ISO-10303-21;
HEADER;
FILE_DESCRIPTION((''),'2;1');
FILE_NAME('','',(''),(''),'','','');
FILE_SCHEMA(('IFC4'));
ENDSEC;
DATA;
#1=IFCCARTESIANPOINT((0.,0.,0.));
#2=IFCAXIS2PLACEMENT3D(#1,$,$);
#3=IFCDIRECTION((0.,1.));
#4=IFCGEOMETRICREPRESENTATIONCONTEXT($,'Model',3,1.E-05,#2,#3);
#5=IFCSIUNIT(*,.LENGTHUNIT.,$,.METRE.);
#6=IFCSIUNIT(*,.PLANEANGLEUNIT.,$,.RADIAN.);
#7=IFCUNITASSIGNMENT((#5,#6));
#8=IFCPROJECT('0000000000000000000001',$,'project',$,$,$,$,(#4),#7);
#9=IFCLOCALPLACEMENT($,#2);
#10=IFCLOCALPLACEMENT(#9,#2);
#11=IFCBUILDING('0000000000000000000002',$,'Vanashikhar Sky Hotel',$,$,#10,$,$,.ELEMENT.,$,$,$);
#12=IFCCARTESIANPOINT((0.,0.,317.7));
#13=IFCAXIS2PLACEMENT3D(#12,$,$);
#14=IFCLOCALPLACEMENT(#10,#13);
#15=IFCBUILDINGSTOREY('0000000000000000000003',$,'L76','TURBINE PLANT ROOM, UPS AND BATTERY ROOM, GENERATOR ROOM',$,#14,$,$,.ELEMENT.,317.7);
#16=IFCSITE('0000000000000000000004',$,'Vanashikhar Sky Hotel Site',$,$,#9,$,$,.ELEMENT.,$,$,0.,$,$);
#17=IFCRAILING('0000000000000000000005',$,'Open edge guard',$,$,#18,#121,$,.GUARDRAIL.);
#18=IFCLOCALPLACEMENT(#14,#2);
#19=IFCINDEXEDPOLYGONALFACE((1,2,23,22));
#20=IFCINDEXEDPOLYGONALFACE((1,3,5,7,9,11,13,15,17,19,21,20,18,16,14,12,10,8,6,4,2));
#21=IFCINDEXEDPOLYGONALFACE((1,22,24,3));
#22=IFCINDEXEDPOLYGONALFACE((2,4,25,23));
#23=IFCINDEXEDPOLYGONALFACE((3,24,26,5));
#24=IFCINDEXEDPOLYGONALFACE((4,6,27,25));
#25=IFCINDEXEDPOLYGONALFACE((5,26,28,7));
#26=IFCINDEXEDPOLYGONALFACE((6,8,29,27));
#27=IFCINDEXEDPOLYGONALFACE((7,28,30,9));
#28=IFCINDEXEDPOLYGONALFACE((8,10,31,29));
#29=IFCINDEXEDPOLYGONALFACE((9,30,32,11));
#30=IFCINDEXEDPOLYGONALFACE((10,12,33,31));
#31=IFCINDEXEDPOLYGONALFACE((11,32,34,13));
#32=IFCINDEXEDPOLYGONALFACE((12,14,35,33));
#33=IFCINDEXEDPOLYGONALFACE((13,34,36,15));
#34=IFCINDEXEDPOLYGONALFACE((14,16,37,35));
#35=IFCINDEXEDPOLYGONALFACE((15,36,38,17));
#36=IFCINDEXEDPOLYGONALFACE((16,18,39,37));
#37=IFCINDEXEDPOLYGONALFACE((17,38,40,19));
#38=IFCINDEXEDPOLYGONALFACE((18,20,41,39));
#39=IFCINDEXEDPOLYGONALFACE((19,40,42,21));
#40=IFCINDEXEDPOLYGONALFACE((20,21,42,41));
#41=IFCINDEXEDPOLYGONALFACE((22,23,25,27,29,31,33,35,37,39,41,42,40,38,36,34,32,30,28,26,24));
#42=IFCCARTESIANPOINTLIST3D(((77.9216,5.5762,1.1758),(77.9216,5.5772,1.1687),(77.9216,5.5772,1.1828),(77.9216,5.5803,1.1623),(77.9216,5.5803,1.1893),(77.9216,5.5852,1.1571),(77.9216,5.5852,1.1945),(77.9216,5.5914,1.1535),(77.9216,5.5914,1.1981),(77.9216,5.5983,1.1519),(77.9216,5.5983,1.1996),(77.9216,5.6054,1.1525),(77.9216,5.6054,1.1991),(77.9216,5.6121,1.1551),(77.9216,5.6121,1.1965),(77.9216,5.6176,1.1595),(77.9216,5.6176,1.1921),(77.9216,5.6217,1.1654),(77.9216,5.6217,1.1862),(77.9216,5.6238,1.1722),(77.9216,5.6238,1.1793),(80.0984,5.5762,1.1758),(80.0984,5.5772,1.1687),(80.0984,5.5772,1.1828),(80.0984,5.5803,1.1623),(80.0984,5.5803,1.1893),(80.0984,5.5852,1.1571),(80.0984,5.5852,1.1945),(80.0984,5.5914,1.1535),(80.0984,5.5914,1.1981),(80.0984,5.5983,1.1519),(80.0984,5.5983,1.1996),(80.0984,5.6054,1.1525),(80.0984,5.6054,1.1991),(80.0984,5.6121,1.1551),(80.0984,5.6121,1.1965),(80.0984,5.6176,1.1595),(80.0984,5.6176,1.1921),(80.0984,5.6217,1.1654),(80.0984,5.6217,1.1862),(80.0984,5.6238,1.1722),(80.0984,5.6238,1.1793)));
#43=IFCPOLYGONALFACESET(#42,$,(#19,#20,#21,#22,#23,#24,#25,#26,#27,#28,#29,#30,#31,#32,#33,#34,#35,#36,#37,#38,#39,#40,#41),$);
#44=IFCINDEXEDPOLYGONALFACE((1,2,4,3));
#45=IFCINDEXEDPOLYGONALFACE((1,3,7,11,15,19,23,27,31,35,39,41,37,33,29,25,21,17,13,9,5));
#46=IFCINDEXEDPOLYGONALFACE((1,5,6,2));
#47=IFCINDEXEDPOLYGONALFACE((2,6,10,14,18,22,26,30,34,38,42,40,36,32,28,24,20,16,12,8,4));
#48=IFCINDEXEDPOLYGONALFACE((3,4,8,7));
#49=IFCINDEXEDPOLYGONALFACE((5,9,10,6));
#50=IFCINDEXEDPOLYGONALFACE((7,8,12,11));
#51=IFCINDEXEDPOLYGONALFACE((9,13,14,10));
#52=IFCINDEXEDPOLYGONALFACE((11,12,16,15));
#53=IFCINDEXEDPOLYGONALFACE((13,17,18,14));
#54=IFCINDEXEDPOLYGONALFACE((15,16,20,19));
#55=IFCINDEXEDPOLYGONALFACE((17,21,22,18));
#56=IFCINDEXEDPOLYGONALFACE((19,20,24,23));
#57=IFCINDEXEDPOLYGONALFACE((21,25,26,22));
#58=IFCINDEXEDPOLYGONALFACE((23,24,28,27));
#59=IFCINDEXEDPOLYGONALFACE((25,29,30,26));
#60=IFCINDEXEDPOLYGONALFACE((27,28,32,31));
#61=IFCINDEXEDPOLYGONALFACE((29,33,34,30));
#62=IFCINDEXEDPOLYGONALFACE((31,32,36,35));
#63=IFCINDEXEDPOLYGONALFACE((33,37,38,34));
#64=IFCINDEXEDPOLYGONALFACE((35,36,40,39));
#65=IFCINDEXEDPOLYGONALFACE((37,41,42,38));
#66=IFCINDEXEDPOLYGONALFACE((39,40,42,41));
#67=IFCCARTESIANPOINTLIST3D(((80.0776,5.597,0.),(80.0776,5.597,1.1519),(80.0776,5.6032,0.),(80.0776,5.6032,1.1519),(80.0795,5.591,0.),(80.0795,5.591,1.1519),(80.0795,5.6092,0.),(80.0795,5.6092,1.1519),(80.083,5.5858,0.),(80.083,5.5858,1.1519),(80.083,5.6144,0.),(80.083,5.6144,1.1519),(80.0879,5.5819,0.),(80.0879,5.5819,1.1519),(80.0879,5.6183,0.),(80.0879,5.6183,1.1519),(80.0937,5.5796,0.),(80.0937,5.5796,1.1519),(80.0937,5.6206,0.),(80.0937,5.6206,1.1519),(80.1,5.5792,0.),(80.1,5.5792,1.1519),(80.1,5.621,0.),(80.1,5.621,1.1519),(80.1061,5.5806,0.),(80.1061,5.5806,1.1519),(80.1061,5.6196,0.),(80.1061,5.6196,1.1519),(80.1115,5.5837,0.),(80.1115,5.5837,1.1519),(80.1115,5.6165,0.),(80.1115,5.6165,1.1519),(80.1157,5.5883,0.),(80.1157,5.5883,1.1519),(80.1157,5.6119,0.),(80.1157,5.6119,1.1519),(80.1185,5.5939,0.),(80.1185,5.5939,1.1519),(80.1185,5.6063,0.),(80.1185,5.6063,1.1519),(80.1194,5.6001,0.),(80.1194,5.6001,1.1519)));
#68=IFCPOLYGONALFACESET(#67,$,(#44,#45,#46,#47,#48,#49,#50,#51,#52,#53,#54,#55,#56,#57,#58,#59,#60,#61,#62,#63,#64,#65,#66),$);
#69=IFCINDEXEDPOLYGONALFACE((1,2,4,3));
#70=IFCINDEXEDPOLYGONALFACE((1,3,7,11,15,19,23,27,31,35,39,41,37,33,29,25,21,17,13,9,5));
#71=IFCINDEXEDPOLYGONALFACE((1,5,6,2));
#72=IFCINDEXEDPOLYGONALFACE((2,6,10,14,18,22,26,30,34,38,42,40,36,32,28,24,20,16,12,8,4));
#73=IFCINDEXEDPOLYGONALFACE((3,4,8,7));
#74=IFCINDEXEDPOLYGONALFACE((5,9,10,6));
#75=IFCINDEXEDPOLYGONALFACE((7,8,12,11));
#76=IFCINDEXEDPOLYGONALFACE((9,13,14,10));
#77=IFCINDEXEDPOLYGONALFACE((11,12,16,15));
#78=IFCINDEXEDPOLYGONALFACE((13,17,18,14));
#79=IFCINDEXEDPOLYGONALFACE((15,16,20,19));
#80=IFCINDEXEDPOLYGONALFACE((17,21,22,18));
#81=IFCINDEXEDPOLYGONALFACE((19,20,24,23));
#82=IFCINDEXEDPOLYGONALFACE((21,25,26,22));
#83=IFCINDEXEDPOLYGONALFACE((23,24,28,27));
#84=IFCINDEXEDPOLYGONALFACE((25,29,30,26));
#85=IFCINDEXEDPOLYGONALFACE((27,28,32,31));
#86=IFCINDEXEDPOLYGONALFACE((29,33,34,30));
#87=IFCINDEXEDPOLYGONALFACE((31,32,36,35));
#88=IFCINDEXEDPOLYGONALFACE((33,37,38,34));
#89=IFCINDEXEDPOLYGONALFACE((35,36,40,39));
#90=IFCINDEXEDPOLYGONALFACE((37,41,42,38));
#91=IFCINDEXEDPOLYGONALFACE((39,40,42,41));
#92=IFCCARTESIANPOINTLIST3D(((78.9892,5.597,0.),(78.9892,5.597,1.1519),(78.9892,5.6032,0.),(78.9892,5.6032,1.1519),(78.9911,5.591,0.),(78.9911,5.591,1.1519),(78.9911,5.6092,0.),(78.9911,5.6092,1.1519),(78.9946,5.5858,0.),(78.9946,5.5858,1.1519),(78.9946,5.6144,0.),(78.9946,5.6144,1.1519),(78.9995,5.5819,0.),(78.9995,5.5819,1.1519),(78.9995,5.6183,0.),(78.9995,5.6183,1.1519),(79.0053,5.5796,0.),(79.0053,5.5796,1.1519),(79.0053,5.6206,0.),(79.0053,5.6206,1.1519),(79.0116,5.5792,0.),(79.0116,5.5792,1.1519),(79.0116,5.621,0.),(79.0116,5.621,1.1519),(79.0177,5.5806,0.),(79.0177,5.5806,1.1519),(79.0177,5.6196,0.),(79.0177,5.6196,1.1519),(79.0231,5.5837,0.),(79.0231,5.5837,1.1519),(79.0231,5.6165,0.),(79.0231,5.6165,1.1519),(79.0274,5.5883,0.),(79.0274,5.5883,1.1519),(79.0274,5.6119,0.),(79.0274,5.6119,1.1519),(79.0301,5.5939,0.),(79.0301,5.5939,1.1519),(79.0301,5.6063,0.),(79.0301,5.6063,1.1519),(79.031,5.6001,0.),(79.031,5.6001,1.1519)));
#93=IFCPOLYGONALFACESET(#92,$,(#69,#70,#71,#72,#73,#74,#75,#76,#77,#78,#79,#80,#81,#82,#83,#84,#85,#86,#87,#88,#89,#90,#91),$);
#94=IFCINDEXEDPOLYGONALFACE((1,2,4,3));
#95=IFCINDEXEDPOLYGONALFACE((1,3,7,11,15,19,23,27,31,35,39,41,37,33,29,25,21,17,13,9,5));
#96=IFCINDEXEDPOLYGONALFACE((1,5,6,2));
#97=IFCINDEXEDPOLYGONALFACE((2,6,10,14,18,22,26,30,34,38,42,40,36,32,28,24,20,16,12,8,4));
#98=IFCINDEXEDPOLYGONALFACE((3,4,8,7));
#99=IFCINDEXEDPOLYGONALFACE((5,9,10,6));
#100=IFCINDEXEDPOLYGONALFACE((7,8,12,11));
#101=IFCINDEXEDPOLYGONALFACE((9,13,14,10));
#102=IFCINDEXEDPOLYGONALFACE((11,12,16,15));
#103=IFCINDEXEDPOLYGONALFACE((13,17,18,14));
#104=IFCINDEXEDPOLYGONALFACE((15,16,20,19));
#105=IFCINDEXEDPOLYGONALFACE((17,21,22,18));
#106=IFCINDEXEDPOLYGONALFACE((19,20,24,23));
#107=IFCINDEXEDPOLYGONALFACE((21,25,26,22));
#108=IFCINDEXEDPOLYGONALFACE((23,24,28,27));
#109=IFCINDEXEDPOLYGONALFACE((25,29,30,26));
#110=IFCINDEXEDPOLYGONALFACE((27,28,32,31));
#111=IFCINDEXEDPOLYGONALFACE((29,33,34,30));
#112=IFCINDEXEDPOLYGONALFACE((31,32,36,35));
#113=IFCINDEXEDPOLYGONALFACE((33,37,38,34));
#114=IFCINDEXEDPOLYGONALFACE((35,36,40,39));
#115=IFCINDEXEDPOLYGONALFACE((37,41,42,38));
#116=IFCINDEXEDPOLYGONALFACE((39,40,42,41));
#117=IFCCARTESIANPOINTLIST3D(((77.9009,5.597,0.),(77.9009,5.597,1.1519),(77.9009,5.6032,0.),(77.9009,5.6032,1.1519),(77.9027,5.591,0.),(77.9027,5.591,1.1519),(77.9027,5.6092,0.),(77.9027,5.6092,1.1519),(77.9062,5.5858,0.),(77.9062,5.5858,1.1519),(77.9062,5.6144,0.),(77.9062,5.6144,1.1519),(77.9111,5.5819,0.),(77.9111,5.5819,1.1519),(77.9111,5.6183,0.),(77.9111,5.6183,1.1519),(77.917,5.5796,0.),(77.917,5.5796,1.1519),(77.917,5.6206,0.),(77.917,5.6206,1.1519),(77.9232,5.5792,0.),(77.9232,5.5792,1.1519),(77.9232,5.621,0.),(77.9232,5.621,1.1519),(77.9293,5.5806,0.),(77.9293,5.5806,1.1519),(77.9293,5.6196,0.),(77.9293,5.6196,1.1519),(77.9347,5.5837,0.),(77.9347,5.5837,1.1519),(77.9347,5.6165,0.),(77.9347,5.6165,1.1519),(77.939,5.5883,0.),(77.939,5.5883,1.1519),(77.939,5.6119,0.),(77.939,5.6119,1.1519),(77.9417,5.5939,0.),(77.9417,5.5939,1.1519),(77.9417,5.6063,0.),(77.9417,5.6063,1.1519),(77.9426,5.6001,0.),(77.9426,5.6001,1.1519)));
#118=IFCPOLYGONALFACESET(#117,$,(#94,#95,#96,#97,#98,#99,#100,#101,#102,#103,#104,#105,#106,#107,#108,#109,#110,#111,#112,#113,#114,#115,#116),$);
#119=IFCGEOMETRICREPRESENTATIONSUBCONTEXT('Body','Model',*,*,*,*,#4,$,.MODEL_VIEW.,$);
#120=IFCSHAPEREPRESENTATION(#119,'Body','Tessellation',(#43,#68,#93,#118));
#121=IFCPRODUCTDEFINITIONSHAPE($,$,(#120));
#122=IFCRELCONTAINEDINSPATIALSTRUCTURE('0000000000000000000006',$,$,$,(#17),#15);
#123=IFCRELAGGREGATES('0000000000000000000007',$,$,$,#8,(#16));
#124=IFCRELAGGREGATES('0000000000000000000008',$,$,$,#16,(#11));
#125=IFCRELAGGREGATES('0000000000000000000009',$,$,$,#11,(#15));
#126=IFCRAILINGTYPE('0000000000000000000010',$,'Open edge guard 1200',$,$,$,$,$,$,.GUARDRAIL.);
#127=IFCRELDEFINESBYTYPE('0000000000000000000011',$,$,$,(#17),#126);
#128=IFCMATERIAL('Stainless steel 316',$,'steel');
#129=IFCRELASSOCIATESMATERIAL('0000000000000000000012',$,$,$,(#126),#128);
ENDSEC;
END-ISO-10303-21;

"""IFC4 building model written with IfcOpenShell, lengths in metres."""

from ifc_helpers import new_model, si_unit, direction, frame, origin, origin_2d, place, context, subcontext, project, spatial, circle, extrude, source, transform, mapped, material, type_object, element, save


model = new_model("IFC4")

# Units and contexts
model_context = context("Model", 3, precision=1e-05, world=origin(), true_north=direction((0.0, 1.0)))
body_context = subcontext(model_context, "Body", "Model", "MODEL_VIEW")
ifc_project = project(units=[si_unit("LENGTHUNIT", "METRE"), si_unit("PLANEANGLEUNIT", "RADIAN")], contexts=[model_context])

# Site, building, storey
site_placement = place(None, origin())
site = spatial("IfcSite", under=ifc_project, at=site_placement, Name="Vanashikhar Sky Hotel Site", CompositionType="ELEMENT", RefElevation=0.0)
building_placement = place(site_placement, origin())
building = spatial("IfcBuilding", under=site, at=building_placement, Name="Vanashikhar Sky Hotel", CompositionType="ELEMENT")
storey_placement = place(building_placement, frame((0.0, 0.0, 317.7)))
storey = spatial("IfcBuildingStorey", under=building, at=storey_placement, Name="L76", Description="TURBINE PLANT ROOM, UPS AND BATTERY ROOM, GENERATOR ROOM", CompositionType="ELEMENT", Elevation=317.7)

# Railing
ifc_material_1 = material(Name="Stainless steel 316", Category="steel")
railing_type = type_object("IfcRailingType", Name="Open edge guard 1200", PredefinedType="GUARDRAIL", material=ifc_material_1)
shared_shape_1 = source(origin(), body_context, "Body", "SweptSolid", [
    extrude(circle(Radius=0.0239, at=origin_2d()), frame((0.0, 0.0, 1.1758), z_axis=(-1.0, 0.0, 0.0), x_axis=(0.0, -1.0, 0.0)), (0.0, 0.0, 1.0), 2.1768),
    extrude(circle(Radius=0.021, at=origin_2d()), origin(), (0.0, 0.0, 1.0), 1.1519),
    extrude(circle(Radius=0.021, at=origin_2d()), frame((-1.0884, 0.0, 0.0)), (0.0, 0.0, 1.0), 1.1519),
    extrude(circle(Radius=0.021, at=origin_2d()), frame((-2.1768, 0.0, 0.0)), (0.0, 0.0, 1.0), 1.1519),
])
railing_1_placement = place(storey_placement, frame((80.0984, 5.6001, 0.0)))
element("IfcRailing", 1, at=railing_1_placement, inside=storey, type_object=railing_type, Name="Open edge guard", PredefinedType="GUARDRAIL", context=body_context, shape_type="MappedRepresentation", body=[
    mapped(shared_shape_1, transform((0.0, 0.0, 0.0), scale=1.0)),
])

save(model, "model.ifc")
